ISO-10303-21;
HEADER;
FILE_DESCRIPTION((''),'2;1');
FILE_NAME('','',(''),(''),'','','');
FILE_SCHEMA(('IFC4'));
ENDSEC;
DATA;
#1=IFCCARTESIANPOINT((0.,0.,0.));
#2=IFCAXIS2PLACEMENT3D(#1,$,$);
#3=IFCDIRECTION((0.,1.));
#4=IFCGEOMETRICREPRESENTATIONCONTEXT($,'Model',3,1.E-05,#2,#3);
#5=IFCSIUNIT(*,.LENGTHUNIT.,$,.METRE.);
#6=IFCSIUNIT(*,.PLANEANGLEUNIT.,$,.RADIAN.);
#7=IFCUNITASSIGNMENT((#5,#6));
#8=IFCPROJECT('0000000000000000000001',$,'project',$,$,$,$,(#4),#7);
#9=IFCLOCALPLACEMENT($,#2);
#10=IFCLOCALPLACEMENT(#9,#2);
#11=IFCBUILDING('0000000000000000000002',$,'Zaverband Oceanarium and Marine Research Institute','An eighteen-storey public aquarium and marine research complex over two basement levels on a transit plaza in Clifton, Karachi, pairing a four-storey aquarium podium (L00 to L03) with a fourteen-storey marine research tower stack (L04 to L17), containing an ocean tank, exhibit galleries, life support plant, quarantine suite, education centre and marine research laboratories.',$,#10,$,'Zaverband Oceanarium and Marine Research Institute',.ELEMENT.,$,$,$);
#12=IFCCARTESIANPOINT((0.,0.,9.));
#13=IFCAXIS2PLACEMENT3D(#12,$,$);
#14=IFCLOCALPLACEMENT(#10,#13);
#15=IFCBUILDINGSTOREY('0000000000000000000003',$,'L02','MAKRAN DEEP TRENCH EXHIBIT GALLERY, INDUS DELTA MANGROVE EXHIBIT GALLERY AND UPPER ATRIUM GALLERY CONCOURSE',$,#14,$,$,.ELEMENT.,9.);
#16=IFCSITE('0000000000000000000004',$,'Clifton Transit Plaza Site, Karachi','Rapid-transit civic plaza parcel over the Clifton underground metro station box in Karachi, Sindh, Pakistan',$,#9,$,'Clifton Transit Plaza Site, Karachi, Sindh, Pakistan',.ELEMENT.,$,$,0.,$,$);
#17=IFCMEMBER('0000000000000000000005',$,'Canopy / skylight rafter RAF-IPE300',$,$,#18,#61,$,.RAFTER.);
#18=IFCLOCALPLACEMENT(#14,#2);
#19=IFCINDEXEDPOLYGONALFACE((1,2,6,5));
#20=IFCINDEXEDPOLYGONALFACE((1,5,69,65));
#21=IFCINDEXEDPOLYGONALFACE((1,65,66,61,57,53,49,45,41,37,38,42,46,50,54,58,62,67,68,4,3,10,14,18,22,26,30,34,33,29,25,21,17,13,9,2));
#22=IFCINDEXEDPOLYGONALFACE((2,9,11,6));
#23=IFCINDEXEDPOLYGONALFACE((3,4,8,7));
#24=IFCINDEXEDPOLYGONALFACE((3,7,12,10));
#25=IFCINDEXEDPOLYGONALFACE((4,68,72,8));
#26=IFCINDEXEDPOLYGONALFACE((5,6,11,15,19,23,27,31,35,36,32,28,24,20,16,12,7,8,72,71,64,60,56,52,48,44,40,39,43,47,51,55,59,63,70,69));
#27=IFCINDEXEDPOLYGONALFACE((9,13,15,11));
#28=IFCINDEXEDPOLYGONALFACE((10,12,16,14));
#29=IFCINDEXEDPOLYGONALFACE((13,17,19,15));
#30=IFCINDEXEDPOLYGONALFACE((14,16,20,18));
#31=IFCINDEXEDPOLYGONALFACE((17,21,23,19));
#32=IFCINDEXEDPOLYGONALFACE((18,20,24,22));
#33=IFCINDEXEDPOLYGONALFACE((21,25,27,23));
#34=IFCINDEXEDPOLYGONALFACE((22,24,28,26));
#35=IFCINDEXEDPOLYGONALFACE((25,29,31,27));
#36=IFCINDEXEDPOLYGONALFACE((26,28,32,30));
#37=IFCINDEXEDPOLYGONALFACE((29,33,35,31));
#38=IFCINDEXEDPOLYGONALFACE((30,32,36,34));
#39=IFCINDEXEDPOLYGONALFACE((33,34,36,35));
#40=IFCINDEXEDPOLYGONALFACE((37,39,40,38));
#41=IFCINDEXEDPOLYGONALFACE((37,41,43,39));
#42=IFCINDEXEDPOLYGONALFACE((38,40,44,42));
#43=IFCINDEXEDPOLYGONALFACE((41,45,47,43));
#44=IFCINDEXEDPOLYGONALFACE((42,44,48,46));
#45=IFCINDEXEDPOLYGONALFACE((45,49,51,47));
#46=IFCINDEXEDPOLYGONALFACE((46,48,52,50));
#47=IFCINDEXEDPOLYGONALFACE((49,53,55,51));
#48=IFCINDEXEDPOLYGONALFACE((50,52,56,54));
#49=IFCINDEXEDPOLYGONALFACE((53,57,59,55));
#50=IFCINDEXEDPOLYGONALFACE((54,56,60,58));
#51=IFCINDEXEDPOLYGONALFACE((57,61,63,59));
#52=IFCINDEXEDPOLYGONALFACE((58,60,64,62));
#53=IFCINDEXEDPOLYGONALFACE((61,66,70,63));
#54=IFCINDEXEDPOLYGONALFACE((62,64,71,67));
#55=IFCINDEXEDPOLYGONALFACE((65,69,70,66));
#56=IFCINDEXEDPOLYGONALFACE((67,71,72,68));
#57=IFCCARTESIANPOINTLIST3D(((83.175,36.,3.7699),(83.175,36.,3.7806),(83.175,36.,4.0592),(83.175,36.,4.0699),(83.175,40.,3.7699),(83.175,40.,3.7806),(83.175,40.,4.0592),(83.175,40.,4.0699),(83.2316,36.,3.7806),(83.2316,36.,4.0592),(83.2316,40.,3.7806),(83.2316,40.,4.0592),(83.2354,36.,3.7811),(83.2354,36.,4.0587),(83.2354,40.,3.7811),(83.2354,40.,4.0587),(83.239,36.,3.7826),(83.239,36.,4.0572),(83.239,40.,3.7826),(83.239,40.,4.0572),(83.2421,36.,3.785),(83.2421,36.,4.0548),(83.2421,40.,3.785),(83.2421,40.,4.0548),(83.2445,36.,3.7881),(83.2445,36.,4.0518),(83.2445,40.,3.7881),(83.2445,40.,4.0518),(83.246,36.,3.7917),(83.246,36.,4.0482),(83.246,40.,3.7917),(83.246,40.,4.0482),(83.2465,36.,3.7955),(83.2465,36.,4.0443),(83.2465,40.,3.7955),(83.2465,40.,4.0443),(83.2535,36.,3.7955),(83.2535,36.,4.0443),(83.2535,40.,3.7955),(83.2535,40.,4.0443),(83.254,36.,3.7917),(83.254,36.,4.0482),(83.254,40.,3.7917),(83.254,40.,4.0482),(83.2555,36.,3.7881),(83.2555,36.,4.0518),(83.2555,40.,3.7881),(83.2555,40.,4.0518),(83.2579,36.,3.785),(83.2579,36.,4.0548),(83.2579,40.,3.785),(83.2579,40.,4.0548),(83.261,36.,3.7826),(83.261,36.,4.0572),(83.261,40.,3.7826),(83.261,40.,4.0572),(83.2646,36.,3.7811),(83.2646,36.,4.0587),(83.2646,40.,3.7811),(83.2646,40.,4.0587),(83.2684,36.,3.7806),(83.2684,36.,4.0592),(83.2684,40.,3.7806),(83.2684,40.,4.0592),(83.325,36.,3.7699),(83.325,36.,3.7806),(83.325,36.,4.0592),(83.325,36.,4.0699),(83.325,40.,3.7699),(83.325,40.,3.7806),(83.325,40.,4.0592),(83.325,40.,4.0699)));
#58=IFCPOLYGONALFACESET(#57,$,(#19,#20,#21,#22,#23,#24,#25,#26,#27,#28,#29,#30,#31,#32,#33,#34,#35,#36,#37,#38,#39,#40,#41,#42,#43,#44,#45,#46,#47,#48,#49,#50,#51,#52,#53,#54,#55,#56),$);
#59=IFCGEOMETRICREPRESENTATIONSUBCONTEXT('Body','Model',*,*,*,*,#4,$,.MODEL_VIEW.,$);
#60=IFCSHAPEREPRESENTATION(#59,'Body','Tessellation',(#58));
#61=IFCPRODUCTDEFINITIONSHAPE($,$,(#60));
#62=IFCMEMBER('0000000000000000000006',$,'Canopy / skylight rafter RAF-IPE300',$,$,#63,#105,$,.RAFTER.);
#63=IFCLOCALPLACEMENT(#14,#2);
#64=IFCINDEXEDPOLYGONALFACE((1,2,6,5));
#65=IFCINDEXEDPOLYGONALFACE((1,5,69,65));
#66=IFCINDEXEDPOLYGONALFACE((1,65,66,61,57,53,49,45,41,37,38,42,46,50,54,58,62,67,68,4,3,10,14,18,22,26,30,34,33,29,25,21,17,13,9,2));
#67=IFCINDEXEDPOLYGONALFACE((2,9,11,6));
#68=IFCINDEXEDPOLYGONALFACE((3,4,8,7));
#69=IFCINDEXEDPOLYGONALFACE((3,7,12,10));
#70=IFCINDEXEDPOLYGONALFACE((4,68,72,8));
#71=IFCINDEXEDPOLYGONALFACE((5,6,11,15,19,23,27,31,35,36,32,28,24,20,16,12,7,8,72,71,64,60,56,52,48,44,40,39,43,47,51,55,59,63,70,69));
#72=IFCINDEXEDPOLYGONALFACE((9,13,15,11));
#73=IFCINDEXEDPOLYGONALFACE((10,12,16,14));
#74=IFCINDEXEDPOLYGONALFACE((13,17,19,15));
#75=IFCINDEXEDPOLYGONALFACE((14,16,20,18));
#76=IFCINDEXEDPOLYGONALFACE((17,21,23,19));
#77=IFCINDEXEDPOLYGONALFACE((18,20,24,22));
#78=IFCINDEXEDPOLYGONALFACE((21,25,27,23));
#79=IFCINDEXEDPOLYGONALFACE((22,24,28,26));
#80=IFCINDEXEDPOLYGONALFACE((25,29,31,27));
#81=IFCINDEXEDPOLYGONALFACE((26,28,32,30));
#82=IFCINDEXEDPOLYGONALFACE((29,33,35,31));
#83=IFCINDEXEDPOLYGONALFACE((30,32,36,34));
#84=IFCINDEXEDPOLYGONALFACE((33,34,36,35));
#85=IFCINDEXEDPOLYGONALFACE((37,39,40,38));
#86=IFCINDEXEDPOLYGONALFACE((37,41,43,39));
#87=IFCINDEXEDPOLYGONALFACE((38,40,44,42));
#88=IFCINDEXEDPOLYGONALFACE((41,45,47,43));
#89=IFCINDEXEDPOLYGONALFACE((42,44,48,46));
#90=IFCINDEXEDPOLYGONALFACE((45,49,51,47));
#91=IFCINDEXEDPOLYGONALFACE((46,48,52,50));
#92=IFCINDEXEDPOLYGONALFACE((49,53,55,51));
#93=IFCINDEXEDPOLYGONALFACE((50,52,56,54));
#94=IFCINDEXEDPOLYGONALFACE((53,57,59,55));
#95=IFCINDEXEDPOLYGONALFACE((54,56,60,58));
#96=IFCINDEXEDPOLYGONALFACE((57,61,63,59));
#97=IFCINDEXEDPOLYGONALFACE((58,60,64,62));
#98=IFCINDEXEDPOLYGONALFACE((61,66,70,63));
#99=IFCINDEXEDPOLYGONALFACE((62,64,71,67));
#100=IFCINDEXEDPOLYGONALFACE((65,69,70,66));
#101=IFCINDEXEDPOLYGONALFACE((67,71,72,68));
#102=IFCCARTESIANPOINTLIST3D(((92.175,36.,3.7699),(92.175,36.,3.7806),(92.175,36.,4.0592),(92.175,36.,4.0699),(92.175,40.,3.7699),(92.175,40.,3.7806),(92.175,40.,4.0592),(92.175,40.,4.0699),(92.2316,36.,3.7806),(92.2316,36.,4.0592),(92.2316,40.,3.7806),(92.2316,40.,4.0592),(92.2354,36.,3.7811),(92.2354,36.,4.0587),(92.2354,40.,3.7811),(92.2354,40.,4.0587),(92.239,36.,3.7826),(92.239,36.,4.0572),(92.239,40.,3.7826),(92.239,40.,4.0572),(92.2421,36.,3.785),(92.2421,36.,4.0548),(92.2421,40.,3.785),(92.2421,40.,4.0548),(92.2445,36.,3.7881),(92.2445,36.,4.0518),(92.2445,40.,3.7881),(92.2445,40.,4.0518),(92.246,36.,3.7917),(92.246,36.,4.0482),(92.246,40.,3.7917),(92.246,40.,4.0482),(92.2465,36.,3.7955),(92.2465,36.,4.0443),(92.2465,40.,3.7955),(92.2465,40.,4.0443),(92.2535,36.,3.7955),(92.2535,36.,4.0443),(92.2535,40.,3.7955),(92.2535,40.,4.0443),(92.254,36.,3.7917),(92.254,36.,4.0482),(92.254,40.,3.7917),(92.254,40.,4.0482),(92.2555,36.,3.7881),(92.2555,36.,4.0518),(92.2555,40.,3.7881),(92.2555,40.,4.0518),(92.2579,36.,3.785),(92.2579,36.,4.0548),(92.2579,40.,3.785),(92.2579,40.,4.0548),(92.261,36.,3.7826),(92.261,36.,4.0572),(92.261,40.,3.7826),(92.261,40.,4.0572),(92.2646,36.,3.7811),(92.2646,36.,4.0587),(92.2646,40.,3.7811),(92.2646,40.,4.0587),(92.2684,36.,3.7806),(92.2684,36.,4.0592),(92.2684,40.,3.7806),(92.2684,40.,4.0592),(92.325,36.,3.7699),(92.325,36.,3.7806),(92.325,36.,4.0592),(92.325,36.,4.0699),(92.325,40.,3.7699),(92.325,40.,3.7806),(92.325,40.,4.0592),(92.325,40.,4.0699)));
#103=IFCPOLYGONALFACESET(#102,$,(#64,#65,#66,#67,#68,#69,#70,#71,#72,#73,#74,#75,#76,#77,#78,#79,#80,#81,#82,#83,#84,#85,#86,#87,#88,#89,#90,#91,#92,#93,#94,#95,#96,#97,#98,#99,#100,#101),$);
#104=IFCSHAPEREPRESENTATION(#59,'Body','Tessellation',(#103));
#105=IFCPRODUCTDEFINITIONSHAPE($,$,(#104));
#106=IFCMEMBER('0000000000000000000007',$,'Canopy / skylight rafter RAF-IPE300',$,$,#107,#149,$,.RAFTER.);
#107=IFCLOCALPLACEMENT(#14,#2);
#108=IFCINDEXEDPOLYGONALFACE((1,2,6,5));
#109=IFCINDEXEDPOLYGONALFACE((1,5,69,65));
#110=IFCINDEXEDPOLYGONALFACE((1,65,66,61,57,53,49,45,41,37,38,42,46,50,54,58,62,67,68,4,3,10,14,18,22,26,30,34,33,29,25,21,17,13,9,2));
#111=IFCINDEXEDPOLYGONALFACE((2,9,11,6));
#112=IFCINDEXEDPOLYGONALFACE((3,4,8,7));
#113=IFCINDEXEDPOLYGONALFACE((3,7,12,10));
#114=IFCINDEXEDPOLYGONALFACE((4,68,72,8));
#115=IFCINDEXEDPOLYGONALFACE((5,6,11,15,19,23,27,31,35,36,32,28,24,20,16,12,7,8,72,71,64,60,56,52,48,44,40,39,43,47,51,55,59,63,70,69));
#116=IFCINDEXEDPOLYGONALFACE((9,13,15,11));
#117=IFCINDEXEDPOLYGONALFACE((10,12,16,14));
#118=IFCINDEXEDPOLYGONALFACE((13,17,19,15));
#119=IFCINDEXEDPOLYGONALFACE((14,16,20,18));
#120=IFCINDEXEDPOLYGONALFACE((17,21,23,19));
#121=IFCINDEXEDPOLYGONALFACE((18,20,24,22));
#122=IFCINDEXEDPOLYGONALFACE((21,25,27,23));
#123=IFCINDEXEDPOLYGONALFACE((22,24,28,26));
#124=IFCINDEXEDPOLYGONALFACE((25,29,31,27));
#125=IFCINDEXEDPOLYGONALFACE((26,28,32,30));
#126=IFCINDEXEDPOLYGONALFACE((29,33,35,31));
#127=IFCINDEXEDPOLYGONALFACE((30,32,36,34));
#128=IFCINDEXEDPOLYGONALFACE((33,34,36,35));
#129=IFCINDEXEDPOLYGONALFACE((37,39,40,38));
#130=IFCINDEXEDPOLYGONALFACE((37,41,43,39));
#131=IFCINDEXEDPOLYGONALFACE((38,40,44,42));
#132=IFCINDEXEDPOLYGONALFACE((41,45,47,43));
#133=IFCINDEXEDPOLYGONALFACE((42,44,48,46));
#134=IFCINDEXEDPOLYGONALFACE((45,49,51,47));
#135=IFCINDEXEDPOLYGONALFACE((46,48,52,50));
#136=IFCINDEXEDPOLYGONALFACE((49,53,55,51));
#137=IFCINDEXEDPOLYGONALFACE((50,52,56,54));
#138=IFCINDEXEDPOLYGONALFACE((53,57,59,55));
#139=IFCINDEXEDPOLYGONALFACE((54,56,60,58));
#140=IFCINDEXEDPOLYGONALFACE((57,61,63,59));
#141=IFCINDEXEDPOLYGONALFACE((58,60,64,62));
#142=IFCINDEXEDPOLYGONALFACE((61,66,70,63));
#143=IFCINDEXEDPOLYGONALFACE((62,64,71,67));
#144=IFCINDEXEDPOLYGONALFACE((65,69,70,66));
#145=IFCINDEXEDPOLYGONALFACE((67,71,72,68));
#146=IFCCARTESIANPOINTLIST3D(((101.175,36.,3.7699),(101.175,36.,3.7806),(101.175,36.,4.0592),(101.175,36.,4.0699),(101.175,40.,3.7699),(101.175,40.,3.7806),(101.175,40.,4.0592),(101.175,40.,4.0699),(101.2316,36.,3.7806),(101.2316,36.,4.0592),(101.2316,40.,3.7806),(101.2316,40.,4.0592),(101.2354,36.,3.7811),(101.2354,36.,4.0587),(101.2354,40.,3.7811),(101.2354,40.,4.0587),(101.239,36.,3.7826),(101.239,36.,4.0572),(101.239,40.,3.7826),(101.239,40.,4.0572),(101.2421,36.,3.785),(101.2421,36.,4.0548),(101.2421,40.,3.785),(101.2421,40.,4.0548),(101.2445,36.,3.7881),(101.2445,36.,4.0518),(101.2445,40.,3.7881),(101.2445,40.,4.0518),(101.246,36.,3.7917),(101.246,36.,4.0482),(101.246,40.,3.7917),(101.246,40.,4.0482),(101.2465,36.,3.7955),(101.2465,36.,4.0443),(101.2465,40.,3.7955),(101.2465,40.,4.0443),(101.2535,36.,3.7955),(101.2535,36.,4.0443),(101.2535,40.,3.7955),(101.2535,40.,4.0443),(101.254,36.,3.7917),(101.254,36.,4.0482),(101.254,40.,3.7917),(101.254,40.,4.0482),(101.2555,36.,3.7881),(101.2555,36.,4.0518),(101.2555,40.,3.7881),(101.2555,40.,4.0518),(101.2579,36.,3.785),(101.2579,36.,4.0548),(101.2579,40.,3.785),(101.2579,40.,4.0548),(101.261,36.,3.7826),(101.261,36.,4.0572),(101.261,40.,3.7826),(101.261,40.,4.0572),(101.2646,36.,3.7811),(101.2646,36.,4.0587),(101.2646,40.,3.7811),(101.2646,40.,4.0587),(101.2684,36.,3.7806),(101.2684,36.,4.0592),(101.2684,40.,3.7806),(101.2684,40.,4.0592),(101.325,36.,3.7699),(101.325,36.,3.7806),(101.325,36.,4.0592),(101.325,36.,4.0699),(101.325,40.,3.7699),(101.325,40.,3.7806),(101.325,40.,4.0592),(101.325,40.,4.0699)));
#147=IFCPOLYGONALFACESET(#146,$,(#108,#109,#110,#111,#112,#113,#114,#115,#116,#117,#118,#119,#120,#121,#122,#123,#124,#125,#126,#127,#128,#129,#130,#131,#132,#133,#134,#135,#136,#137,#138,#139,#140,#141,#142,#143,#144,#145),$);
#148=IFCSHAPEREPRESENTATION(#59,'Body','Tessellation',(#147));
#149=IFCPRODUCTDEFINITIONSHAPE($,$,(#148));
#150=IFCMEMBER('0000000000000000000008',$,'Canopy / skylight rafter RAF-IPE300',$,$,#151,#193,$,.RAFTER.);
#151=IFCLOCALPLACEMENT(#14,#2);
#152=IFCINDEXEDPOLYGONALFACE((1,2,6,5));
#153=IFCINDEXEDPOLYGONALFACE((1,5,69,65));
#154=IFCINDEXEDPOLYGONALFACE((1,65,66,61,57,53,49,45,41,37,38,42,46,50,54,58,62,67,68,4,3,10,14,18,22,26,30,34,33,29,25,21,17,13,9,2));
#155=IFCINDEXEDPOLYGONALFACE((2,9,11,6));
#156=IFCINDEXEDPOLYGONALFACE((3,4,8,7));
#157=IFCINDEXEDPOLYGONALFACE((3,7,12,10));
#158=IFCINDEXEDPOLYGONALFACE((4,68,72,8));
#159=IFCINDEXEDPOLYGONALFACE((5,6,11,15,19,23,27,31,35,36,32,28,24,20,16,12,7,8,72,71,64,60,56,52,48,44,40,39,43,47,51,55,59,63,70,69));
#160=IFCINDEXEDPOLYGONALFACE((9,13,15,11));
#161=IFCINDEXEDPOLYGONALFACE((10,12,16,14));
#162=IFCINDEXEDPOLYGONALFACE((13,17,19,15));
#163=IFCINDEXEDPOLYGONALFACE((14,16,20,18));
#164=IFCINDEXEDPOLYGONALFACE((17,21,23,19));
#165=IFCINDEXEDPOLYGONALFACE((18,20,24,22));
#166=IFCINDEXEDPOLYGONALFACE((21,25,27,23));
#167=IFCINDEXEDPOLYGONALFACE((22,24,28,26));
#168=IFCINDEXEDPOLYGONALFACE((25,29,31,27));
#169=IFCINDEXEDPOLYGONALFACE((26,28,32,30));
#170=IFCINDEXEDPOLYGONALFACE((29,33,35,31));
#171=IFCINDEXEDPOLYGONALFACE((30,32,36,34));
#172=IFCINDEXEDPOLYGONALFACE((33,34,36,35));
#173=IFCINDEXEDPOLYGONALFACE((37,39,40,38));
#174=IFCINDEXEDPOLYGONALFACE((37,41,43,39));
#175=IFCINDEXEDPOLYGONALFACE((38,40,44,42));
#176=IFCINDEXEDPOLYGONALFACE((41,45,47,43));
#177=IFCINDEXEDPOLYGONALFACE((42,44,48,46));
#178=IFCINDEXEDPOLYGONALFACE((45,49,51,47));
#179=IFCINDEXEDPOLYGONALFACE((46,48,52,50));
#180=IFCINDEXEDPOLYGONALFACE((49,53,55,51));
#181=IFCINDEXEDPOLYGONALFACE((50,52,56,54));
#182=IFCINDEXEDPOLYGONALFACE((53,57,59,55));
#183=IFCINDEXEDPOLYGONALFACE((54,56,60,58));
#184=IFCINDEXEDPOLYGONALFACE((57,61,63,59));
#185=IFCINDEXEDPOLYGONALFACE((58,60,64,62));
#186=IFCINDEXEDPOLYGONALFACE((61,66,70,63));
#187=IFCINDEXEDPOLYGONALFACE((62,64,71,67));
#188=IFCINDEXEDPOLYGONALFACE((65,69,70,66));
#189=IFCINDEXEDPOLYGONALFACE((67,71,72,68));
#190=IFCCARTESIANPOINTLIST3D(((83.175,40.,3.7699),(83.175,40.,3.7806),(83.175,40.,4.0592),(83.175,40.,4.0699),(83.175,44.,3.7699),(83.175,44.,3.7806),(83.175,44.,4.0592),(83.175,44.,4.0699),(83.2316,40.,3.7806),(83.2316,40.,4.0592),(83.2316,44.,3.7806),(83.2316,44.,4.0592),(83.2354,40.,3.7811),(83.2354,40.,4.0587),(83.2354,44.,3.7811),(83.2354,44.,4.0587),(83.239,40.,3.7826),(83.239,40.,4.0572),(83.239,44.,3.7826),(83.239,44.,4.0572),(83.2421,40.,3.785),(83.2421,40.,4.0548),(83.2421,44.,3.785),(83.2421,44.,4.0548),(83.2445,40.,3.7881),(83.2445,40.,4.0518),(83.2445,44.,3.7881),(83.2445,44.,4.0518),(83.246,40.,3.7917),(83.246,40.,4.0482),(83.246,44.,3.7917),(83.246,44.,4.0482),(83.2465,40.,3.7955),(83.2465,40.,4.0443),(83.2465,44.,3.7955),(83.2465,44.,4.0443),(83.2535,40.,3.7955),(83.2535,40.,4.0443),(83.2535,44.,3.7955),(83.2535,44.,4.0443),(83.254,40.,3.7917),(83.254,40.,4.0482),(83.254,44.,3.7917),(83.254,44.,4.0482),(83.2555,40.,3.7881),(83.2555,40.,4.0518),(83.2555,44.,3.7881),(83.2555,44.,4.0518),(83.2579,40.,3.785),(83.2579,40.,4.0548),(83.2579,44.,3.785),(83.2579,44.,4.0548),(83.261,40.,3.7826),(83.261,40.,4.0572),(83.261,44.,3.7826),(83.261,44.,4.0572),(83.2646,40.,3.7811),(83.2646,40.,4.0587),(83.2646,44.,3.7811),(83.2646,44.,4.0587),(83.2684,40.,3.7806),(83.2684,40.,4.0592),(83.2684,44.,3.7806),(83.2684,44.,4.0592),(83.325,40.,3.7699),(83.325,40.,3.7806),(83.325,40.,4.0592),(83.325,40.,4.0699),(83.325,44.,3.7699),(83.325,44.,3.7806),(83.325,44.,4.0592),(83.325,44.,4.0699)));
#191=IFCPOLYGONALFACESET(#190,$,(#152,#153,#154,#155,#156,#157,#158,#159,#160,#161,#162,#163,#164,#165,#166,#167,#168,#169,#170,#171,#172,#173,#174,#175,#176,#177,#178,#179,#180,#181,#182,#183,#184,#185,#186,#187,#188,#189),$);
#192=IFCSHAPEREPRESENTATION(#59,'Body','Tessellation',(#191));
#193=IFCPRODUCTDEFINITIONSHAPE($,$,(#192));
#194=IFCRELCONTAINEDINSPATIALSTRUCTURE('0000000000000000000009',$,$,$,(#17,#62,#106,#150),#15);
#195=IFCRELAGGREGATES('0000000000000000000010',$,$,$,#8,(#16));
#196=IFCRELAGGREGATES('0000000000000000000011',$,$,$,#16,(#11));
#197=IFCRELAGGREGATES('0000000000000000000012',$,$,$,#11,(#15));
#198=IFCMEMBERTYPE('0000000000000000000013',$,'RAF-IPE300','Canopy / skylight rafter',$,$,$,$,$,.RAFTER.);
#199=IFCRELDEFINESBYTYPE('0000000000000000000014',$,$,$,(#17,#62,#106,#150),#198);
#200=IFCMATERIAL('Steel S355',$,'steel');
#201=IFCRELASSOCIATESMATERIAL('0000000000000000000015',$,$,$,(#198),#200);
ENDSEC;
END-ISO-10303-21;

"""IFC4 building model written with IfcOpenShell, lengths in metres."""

from ifc_helpers import new_model, si_unit, direction, frame, origin, origin_2d, place, context, subcontext, project, spatial, i_section, extrude, material, material_profile, profile_set, type_object, element, save


model = new_model("IFC4")

# Units and contexts
model_context = context("Model", 3, precision=1e-05, world=origin(), true_north=direction((0.0, 1.0)))
body_context = subcontext(model_context, "Body", "Model", "MODEL_VIEW")
ifc_project = project(units=[si_unit("LENGTHUNIT", "METRE"), si_unit("PLANEANGLEUNIT", "RADIAN")], contexts=[model_context])

# Site, building, storey
site_placement = place(None, origin())
site = spatial("IfcSite", under=ifc_project, at=site_placement, Name="Clifton Transit Plaza Site, Karachi", Description="Rapid-transit civic plaza parcel over the Clifton underground metro station box in Karachi, Sindh, Pakistan", LongName="Clifton Transit Plaza Site, Karachi, Sindh, Pakistan", CompositionType="ELEMENT", RefElevation=0.0)
building_placement = place(site_placement, origin())
building = spatial("IfcBuilding", under=site, at=building_placement, Name="Zaverband Oceanarium and Marine Research Institute", Description="An eighteen-storey public aquarium and marine research complex over two basement levels on a transit plaza in Clifton, Karachi, pairing a four-storey aquarium podium (L00 to L03) with a fourteen-storey marine research tower stack (L04 to L17), containing an ocean tank, exhibit galleries, life support plant, quarantine suite, education centre and marine research laboratories.", LongName="Zaverband Oceanarium and Marine Research Institute", CompositionType="ELEMENT")
storey_placement = place(building_placement, frame((0.0, 0.0, 9.0)))
storey = spatial("IfcBuildingStorey", under=building, at=storey_placement, Name="L02", Description="MAKRAN DEEP TRENCH EXHIBIT GALLERY, INDUS DELTA MANGROVE EXHIBIT GALLERY AND UPPER ATRIUM GALLERY CONCOURSE", CompositionType="ELEMENT", Elevation=9.0)

# Members
ifc_material_1 = material(Name="Steel S355", Category="steel")
ifc_material_profile_1 = material_profile(ifc_material_1, i_section(OverallWidth=0.1499, OverallDepth=0.3, WebThickness=0.0071, FlangeThickness=0.0107, FilletRadius=0.0149, at=origin_2d()), Name="IPE300")
ifc_profile_set_1 = profile_set([ifc_material_profile_1], Name="Steel S355")
member_type_1 = type_object("IfcMemberType", Name="RAF-IPE300", Description="Canopy / skylight rafter", PredefinedType="RAFTER", material=ifc_profile_set_1)
for number, where, z_axis, x_axis, name in (
    (1, (83.25, 36.0, 3.9199), (0.0, 1.0, 0.0), (-1.0, 0.0, 0.0), "Canopy / skylight rafter RAF-IPE300"),
    (2, (92.25, 36.0, 3.9199), (0.0, 1.0, 0.0), (-1.0, 0.0, 0.0), "Canopy / skylight rafter RAF-IPE300"),
    (3, (101.25, 36.0, 3.9199), (0.0, 1.0, 0.0), (-1.0, 0.0, 0.0), "Canopy / skylight rafter RAF-IPE300"),
    (4, (83.25, 40.0, 3.9199), (0.0, 1.0, 0.0), (-1.0, 0.0, 0.0), "Canopy / skylight rafter RAF-IPE300"),
):
    element("IfcMember", number, at=place(storey_placement, frame(where, z_axis=z_axis, x_axis=x_axis)), inside=storey, type_object=member_type_1, Name=name, PredefinedType="RAFTER", context=body_context, shape_type="SweptSolid", body=[
        extrude(i_section(OverallWidth=0.1499, OverallDepth=0.3, WebThickness=0.0071, FlangeThickness=0.0107, FilletRadius=0.0149, at=origin_2d()), origin(), (0.0, 0.0, 1.0), 4.0),
    ])

save(model, "model.ifc")
